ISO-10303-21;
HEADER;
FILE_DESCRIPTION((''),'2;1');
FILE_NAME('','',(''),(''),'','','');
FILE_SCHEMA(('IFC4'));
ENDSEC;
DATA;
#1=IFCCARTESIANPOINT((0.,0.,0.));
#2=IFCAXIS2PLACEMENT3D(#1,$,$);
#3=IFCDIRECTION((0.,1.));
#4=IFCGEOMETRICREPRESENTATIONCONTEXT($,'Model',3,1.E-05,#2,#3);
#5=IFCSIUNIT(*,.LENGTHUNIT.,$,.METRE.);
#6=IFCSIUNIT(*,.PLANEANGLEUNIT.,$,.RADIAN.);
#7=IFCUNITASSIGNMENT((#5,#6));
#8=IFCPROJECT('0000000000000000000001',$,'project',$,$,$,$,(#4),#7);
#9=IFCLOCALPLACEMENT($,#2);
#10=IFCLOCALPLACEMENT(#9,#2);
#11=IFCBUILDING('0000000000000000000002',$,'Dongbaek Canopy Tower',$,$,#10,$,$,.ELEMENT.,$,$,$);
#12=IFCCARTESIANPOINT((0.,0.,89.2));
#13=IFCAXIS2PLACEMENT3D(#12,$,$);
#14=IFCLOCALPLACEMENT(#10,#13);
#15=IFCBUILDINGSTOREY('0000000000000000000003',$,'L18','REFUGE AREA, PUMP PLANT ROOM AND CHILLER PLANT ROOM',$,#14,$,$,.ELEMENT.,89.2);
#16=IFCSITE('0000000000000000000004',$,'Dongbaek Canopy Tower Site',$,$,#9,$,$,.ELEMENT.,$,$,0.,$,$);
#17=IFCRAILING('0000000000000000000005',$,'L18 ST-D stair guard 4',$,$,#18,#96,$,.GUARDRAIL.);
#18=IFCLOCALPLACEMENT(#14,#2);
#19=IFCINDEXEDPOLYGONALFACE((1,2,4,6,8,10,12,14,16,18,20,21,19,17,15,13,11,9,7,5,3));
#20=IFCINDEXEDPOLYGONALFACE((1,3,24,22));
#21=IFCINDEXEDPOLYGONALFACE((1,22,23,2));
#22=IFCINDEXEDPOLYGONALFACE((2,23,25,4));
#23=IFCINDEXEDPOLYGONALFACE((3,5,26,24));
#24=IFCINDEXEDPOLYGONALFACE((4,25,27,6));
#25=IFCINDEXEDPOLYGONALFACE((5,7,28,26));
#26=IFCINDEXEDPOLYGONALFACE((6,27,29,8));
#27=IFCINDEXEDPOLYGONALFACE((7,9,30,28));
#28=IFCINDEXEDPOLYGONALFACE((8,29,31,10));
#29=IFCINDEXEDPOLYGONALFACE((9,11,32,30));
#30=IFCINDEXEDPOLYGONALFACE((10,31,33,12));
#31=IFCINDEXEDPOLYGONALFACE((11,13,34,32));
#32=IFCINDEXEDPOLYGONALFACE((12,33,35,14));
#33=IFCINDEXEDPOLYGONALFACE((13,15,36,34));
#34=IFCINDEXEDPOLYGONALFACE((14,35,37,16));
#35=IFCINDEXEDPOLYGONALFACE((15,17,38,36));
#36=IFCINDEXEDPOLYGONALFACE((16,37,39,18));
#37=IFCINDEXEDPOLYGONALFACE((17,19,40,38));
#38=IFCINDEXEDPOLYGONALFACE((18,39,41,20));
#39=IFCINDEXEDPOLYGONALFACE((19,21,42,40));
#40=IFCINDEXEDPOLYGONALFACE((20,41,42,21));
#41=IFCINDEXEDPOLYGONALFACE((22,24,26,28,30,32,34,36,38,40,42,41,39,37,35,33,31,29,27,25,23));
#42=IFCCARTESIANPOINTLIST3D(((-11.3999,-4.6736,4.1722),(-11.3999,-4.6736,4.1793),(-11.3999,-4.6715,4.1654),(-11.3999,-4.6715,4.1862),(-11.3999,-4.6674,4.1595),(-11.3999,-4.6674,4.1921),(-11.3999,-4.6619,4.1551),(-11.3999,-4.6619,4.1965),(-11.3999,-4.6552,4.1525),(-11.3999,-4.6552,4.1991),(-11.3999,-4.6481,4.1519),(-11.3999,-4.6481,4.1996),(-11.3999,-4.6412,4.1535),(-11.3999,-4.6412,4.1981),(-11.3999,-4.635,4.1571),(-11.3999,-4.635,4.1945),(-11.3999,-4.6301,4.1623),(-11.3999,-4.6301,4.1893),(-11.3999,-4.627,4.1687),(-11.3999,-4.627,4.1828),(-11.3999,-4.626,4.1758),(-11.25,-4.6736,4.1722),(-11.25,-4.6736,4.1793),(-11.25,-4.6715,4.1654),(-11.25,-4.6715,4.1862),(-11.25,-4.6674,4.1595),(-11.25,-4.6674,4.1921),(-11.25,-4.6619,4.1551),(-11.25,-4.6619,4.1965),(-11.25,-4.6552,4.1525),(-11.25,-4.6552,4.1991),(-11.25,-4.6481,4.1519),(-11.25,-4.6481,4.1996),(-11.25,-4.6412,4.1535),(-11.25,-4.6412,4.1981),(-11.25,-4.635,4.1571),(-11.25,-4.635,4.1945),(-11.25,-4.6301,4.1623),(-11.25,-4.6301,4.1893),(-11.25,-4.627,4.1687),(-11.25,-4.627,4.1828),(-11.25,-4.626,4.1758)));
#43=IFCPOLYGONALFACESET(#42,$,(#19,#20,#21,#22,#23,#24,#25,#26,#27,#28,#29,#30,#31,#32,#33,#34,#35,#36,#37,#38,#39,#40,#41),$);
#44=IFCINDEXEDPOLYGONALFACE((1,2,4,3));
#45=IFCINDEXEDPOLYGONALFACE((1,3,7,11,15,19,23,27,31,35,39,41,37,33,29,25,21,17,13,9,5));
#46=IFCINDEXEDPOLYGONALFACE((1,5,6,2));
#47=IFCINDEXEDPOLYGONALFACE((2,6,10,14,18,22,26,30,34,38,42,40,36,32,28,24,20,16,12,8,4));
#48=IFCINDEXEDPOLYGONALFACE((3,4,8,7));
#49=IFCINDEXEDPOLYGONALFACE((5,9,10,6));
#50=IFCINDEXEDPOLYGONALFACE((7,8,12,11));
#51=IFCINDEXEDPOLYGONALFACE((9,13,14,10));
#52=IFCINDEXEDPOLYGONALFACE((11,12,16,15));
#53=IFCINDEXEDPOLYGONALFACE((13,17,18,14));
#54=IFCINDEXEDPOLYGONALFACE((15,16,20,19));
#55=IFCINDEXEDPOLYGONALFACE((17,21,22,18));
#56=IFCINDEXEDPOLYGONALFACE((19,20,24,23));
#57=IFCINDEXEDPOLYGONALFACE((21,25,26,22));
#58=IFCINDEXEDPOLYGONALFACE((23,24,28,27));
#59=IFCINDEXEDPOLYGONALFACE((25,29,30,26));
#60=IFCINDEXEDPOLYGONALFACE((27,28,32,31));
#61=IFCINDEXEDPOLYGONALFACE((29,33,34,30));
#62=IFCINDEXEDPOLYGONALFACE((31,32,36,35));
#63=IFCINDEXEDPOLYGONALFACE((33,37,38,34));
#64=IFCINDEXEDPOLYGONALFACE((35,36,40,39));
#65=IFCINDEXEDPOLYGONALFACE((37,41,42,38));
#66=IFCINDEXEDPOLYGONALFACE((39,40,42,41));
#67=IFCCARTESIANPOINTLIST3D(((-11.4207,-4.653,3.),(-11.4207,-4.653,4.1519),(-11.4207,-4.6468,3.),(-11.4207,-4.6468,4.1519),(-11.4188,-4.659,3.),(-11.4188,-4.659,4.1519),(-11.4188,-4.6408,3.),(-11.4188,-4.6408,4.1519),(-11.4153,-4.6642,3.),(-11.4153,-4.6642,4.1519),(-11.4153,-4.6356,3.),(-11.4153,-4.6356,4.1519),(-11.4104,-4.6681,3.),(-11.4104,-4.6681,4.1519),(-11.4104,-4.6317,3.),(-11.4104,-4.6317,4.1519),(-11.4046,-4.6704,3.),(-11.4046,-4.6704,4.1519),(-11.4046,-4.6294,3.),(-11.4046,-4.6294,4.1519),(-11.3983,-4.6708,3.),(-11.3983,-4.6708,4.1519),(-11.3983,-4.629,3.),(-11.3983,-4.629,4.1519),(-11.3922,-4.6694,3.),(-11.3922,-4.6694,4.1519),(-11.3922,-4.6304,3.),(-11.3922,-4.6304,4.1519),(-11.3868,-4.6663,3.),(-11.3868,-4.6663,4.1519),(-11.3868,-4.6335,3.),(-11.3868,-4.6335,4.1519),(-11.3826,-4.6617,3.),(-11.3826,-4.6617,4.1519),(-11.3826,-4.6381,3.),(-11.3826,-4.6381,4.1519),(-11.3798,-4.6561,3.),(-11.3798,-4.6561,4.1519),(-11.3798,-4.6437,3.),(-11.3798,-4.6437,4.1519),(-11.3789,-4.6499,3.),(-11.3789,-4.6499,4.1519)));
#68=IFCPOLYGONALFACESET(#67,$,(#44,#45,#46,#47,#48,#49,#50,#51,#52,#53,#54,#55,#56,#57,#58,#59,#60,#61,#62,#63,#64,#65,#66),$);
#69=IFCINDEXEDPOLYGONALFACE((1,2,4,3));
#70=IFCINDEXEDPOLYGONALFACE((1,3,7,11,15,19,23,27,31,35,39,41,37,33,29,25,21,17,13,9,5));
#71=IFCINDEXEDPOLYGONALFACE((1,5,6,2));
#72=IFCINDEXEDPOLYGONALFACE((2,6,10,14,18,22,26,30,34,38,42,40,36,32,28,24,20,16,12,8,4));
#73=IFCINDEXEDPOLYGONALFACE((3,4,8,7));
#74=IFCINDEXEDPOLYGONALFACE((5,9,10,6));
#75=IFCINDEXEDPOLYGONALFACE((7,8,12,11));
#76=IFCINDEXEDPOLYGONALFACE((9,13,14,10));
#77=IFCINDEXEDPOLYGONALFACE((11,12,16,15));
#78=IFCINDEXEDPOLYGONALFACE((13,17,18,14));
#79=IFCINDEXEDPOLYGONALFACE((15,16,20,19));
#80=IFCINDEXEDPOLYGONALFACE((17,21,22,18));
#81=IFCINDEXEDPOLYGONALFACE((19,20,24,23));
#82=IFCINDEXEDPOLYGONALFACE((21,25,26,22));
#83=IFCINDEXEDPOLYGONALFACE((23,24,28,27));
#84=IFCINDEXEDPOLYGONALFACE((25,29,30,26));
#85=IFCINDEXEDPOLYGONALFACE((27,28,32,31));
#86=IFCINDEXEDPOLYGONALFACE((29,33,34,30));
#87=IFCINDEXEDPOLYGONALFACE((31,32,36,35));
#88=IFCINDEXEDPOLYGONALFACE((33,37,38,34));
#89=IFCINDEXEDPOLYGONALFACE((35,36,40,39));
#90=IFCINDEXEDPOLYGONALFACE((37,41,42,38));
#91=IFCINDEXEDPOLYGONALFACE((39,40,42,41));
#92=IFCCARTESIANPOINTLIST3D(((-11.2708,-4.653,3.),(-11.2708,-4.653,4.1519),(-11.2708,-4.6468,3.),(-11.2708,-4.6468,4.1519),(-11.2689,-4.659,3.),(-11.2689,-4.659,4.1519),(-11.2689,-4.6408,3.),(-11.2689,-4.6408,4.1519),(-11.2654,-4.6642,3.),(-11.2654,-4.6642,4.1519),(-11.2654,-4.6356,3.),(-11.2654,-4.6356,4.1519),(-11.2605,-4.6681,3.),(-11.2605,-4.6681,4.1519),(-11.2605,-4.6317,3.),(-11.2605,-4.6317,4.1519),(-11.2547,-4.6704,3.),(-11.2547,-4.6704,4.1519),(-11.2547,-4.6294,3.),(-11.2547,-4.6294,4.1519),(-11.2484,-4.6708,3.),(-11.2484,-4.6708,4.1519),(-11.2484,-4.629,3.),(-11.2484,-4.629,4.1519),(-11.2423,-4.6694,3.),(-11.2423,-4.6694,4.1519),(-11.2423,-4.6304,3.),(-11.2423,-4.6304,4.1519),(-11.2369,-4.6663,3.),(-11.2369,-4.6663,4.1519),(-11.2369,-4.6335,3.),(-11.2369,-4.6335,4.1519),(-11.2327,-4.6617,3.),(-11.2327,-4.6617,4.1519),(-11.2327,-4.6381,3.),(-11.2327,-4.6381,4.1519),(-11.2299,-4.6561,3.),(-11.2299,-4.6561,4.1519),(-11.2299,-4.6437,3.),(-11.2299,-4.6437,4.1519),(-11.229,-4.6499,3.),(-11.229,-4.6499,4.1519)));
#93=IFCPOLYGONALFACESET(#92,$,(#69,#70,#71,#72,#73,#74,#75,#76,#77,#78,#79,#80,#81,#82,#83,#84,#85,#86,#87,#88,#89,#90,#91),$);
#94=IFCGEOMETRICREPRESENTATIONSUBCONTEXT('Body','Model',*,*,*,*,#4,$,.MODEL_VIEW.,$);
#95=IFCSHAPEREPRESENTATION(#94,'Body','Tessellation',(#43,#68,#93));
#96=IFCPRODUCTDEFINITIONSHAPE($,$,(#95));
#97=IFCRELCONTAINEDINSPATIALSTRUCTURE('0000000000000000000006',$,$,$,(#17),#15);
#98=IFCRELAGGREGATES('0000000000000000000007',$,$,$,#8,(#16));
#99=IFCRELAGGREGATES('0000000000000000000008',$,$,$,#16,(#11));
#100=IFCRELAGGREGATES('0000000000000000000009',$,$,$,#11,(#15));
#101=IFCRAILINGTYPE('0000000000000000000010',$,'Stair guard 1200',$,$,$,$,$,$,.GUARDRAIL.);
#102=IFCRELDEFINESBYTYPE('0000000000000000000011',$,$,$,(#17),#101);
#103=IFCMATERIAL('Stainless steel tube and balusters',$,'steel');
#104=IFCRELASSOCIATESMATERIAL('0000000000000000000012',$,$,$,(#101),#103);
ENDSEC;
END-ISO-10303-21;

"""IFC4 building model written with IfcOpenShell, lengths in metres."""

from ifc_helpers import new_model, si_unit, direction, frame, origin, origin_2d, place, context, subcontext, project, spatial, circle, extrude, material, type_object, element, save


model = new_model("IFC4")

# Units and contexts
model_context = context("Model", 3, precision=1e-05, world=origin(), true_north=direction((0.0, 1.0)))
body_context = subcontext(model_context, "Body", "Model", "MODEL_VIEW")
ifc_project = project(units=[si_unit("LENGTHUNIT", "METRE"), si_unit("PLANEANGLEUNIT", "RADIAN")], contexts=[model_context])

# Site, building, storey
site_placement = place(None, origin())
site = spatial("IfcSite", under=ifc_project, at=site_placement, Name="Dongbaek Canopy Tower Site", CompositionType="ELEMENT", RefElevation=0.0)
building_placement = place(site_placement, origin())
building = spatial("IfcBuilding", under=site, at=building_placement, Name="Dongbaek Canopy Tower", CompositionType="ELEMENT")
storey_placement = place(building_placement, frame((0.0, 0.0, 89.2)))
storey = spatial("IfcBuildingStorey", under=building, at=storey_placement, Name="L18", Description="REFUGE AREA, PUMP PLANT ROOM AND CHILLER PLANT ROOM", CompositionType="ELEMENT", Elevation=89.2)

# Railing
ifc_material_1 = material(Name="Stainless steel tube and balusters", Category="steel")
railing_type_1 = type_object("IfcRailingType", Name="Stair guard 1200", PredefinedType="GUARDRAIL", material=ifc_material_1)
railing_1_placement = place(storey_placement, frame((-11.3999, -4.6499, 3.0)))
element("IfcRailing", 1, at=railing_1_placement, inside=storey, type_object=railing_type_1, Name="L18 ST-D stair guard 4", PredefinedType="GUARDRAIL", context=body_context, shape_type="SweptSolid", body=[
    extrude(circle(Radius=0.0239, at=origin_2d()), frame((0.0, 0.0, 1.1758), z_axis=(1.0, 0.0, 0.0), x_axis=(0.0, 1.0, 0.0)), (0.0, 0.0, 1.0), 0.1499),
    extrude(circle(Radius=0.021, at=origin_2d()), origin(), (0.0, 0.0, 1.0), 1.1519),
    extrude(circle(Radius=0.021, at=origin_2d()), frame((0.1499, 0.0, 0.0)), (0.0, 0.0, 1.0), 1.1519),
])

save(model, "model.ifc")
